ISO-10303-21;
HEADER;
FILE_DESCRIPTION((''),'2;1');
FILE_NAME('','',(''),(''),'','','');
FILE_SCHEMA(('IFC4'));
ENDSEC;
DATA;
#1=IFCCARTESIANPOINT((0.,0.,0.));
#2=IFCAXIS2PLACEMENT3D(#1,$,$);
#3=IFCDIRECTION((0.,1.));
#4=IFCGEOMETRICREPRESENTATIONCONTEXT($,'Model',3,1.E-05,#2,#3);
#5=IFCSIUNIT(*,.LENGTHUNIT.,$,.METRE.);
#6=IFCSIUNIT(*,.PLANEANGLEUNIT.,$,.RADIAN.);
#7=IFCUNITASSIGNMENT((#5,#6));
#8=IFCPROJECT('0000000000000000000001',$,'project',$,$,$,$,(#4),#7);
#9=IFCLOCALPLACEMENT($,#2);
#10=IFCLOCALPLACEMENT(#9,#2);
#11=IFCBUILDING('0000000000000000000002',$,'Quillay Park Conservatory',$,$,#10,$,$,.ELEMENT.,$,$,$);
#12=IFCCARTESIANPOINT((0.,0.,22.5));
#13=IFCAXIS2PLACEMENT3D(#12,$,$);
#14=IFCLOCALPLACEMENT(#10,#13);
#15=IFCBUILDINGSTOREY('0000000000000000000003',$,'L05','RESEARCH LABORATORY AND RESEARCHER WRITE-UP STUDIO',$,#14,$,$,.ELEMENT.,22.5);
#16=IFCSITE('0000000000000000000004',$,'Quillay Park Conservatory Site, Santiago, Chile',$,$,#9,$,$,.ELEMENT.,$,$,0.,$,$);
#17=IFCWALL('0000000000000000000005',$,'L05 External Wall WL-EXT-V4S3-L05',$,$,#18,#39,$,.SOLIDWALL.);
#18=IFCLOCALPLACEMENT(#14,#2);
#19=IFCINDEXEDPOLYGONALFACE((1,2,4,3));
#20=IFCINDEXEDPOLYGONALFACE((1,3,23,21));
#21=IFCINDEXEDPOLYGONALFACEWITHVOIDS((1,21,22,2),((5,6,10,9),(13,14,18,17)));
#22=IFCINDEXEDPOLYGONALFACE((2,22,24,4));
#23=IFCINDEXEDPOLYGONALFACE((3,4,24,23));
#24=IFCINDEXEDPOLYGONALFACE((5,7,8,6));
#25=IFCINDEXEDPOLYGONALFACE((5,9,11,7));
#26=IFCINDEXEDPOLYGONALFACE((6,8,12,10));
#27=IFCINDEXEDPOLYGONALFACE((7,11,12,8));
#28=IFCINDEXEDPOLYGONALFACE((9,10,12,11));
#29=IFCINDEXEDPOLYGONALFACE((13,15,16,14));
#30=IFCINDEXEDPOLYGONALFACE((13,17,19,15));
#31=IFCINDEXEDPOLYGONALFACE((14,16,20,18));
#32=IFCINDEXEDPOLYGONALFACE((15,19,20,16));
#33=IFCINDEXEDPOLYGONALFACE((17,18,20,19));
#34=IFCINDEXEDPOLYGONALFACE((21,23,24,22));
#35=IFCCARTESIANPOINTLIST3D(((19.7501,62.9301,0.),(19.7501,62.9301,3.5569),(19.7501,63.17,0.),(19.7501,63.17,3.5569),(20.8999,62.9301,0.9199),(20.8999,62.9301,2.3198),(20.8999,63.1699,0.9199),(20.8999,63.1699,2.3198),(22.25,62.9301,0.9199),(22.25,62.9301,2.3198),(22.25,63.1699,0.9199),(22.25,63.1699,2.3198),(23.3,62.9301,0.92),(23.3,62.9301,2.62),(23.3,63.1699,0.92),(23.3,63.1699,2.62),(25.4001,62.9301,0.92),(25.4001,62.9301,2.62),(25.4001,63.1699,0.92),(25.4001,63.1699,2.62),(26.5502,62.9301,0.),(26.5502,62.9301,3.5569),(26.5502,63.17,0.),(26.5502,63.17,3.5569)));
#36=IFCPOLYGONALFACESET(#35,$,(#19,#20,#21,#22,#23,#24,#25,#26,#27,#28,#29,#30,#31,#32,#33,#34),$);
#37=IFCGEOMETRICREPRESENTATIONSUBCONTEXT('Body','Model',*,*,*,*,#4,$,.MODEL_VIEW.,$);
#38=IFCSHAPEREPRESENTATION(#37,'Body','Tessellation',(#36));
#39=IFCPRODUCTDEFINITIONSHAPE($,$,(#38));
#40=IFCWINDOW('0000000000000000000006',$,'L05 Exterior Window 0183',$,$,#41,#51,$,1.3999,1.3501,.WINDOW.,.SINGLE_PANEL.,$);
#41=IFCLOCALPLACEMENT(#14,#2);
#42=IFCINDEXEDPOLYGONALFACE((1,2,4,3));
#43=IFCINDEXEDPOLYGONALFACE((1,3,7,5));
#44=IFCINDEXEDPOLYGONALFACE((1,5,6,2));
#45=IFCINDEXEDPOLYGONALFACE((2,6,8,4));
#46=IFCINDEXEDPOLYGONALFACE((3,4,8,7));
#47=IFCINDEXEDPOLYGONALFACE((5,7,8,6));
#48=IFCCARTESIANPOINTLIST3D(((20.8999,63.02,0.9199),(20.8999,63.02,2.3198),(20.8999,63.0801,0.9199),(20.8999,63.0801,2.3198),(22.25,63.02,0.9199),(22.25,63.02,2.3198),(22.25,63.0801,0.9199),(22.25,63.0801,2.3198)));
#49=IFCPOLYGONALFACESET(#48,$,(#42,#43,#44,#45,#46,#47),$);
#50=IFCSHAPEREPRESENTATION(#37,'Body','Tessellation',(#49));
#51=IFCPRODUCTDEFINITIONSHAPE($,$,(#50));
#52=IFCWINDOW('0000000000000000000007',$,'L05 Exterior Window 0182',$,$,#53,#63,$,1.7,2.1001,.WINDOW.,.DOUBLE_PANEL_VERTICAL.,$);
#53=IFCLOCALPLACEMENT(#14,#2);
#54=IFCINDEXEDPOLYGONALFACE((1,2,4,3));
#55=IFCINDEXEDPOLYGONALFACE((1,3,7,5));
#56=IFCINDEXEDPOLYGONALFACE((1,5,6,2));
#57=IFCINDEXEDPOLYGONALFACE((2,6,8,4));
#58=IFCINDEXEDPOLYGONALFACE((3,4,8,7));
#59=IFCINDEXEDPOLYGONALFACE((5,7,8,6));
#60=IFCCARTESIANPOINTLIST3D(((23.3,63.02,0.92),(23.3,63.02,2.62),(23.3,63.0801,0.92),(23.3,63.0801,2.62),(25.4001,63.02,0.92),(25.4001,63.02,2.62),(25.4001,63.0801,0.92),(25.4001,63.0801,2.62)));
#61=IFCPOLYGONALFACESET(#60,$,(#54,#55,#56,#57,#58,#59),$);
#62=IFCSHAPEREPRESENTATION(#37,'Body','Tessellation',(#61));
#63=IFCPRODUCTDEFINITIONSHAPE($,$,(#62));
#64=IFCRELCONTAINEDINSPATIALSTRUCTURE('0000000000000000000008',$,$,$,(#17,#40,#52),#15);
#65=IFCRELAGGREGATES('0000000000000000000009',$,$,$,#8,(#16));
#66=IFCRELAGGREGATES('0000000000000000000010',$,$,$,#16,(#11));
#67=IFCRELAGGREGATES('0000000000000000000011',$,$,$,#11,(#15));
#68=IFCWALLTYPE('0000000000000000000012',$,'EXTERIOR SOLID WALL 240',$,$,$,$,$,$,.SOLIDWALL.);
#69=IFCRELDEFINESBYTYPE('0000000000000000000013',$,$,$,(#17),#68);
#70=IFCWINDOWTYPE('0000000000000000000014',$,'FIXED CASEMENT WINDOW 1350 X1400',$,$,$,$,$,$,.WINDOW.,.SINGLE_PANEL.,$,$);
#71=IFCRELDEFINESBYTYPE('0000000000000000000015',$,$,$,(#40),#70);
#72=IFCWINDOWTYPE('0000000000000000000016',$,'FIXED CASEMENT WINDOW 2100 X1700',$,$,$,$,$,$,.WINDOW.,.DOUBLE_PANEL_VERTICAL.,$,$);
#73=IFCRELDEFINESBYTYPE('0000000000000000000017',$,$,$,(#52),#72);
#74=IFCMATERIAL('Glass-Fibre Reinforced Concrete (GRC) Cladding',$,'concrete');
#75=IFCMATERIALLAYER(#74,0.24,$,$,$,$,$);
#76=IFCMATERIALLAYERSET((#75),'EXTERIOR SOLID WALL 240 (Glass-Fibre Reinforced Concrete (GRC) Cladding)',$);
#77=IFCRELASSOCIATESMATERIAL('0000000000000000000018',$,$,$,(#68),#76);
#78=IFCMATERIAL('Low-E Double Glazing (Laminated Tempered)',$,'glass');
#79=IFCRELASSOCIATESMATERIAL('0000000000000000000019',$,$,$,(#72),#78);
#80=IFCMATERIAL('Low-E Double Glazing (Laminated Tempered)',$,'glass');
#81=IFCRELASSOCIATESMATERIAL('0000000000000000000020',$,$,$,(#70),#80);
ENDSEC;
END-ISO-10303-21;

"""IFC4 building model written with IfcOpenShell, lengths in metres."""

from ifc_helpers import new_model, si_unit, direction, frame, frame_2d, origin, place, context, subcontext, project, spatial, rectangle, extrude, material, layer, layer_set, type_object, element, fill, save


model = new_model("IFC4")

# Units and contexts
model_context = context("Model", 3, precision=1e-05, world=origin(), true_north=direction((0.0, 1.0)))
body_context = subcontext(model_context, "Body", "Model", "MODEL_VIEW")
ifc_project = project(units=[si_unit("LENGTHUNIT", "METRE"), si_unit("PLANEANGLEUNIT", "RADIAN")], contexts=[model_context])

# Site, building, storey
site_placement = place(None, origin())
site = spatial("IfcSite", under=ifc_project, at=site_placement, Name="Quillay Park Conservatory Site, Santiago, Chile", CompositionType="ELEMENT", RefElevation=0.0)
building_placement = place(site_placement, origin())
building = spatial("IfcBuilding", under=site, at=building_placement, Name="Quillay Park Conservatory", CompositionType="ELEMENT")
storey_placement = place(building_placement, frame((0.0, 0.0, 22.5)))
storey = spatial("IfcBuildingStorey", under=building, at=storey_placement, Name="L05", Description="RESEARCH LABORATORY AND RESEARCHER WRITE-UP STUDIO", CompositionType="ELEMENT", Elevation=22.5)

# Wall, openings, windows
ifc_material_1 = material(Name="Glass-Fibre Reinforced Concrete (GRC) Cladding", Category="concrete")
ifc_layer_1 = layer(ifc_material_1, 0.24)
ifc_layer_set_1 = layer_set([ifc_layer_1], Name="EXTERIOR SOLID WALL 240 (Glass-Fibre Reinforced Concrete (GRC) Cladding)")
wall_type_1 = type_object("IfcWallType", Name="EXTERIOR SOLID WALL 240", PredefinedType="SOLIDWALL", material=ifc_layer_set_1)
ifc_material_2 = material(Name="Low-E Double Glazing (Laminated Tempered)", Category="glass")
window_type_1 = type_object("IfcWindowType", Name="FIXED CASEMENT WINDOW 2100 X1700", PartitioningType="DOUBLE_PANEL_VERTICAL", PredefinedType="WINDOW", material=ifc_material_2)
wall_1_placement = place(storey_placement, frame((26.55, 63.05, 0.0), z_axis=(0.0, 0.0, 1.0), x_axis=(-1.0, 0.0, 0.0)))
wall_1 = element("IfcWall", 1, at=wall_1_placement, inside=storey, type_object=wall_type_1, Name="L05 External Wall WL-EXT-V4S3-L05", PredefinedType="SOLIDWALL", context=body_context, shape_type="SweptSolid", body=[
    extrude(rectangle(XDim=6.8, YDim=0.24, at=frame_2d((3.3999, 0.0))), origin(), (0.0, 0.0, 1.0), 3.5569),
])
opening_1_placement = place(wall_1_placement, frame((1.1499, 0.0, 0.9199)))
opening_1 = element("IfcOpeningElement", 2, at=opening_1_placement, cuts=wall_1, PredefinedType="OPENING", context=body_context, shape_type="SweptSolid", body=[
    extrude(rectangle(XDim=2.1001, YDim=1.7, at=frame_2d((1.05, 0.8501))), frame((0.0, 0.1201, 0.0), z_axis=(0.0, -1.0, 0.0), x_axis=(1.0, 0.0, 0.0)), (0.0, 0.0, 1.0), 0.24),
])
opening_2_placement = place(wall_1_placement, frame((4.3, 0.0, 0.9199)))
opening_2 = element("IfcOpeningElement", 3, at=opening_2_placement, cuts=wall_1, PredefinedType="OPENING", context=body_context, shape_type="SweptSolid", body=[
    extrude(rectangle(XDim=1.3501, YDim=1.3999, at=frame_2d((0.675, 0.7))), frame((0.0, 0.1201, 0.0), z_axis=(0.0, -1.0, 0.0), x_axis=(1.0, 0.0, 0.0)), (0.0, 0.0, 1.0), 0.24),
])
ifc_material_3 = material(Name="Low-E Double Glazing (Laminated Tempered)", Category="glass")
window_type_2 = type_object("IfcWindowType", Name="FIXED CASEMENT WINDOW 1350 X1400", PartitioningType="SINGLE_PANEL", PredefinedType="WINDOW", material=ifc_material_3)
window_1_placement = place(opening_2_placement, origin())
window_1 = element("IfcWindow", 4, at=window_1_placement, inside=storey, type_object=window_type_2, Name="L05 Exterior Window 0183", OverallHeight=1.3999, OverallWidth=1.3501, PartitioningType="SINGLE_PANEL", PredefinedType="WINDOW", context=body_context, shape_type="SweptSolid", body=[
    extrude(rectangle(XDim=1.3501, YDim=1.3999, at=frame_2d((0.675, 0.7))), frame((0.0, 0.03, 0.0), z_axis=(0.0, -1.0, 0.0), x_axis=(1.0, 0.0, 0.0)), (0.0, 0.0, 1.0), 0.0601),
])
fill(opening_2, window_1)
window_2_placement = place(opening_1_placement, origin())
window_2 = element("IfcWindow", 5, at=window_2_placement, inside=storey, type_object=window_type_1, Name="L05 Exterior Window 0182", OverallHeight=1.7, OverallWidth=2.1001, PartitioningType="DOUBLE_PANEL_VERTICAL", PredefinedType="WINDOW", context=body_context, shape_type="SweptSolid", body=[
    extrude(rectangle(XDim=2.1001, YDim=1.7, at=frame_2d((1.05, 0.8501))), frame((0.0, 0.03, 0.0), z_axis=(0.0, -1.0, 0.0), x_axis=(1.0, 0.0, 0.0)), (0.0, 0.0, 1.0), 0.0601),
])
fill(opening_1, window_2)

save(model, "model.ifc")
